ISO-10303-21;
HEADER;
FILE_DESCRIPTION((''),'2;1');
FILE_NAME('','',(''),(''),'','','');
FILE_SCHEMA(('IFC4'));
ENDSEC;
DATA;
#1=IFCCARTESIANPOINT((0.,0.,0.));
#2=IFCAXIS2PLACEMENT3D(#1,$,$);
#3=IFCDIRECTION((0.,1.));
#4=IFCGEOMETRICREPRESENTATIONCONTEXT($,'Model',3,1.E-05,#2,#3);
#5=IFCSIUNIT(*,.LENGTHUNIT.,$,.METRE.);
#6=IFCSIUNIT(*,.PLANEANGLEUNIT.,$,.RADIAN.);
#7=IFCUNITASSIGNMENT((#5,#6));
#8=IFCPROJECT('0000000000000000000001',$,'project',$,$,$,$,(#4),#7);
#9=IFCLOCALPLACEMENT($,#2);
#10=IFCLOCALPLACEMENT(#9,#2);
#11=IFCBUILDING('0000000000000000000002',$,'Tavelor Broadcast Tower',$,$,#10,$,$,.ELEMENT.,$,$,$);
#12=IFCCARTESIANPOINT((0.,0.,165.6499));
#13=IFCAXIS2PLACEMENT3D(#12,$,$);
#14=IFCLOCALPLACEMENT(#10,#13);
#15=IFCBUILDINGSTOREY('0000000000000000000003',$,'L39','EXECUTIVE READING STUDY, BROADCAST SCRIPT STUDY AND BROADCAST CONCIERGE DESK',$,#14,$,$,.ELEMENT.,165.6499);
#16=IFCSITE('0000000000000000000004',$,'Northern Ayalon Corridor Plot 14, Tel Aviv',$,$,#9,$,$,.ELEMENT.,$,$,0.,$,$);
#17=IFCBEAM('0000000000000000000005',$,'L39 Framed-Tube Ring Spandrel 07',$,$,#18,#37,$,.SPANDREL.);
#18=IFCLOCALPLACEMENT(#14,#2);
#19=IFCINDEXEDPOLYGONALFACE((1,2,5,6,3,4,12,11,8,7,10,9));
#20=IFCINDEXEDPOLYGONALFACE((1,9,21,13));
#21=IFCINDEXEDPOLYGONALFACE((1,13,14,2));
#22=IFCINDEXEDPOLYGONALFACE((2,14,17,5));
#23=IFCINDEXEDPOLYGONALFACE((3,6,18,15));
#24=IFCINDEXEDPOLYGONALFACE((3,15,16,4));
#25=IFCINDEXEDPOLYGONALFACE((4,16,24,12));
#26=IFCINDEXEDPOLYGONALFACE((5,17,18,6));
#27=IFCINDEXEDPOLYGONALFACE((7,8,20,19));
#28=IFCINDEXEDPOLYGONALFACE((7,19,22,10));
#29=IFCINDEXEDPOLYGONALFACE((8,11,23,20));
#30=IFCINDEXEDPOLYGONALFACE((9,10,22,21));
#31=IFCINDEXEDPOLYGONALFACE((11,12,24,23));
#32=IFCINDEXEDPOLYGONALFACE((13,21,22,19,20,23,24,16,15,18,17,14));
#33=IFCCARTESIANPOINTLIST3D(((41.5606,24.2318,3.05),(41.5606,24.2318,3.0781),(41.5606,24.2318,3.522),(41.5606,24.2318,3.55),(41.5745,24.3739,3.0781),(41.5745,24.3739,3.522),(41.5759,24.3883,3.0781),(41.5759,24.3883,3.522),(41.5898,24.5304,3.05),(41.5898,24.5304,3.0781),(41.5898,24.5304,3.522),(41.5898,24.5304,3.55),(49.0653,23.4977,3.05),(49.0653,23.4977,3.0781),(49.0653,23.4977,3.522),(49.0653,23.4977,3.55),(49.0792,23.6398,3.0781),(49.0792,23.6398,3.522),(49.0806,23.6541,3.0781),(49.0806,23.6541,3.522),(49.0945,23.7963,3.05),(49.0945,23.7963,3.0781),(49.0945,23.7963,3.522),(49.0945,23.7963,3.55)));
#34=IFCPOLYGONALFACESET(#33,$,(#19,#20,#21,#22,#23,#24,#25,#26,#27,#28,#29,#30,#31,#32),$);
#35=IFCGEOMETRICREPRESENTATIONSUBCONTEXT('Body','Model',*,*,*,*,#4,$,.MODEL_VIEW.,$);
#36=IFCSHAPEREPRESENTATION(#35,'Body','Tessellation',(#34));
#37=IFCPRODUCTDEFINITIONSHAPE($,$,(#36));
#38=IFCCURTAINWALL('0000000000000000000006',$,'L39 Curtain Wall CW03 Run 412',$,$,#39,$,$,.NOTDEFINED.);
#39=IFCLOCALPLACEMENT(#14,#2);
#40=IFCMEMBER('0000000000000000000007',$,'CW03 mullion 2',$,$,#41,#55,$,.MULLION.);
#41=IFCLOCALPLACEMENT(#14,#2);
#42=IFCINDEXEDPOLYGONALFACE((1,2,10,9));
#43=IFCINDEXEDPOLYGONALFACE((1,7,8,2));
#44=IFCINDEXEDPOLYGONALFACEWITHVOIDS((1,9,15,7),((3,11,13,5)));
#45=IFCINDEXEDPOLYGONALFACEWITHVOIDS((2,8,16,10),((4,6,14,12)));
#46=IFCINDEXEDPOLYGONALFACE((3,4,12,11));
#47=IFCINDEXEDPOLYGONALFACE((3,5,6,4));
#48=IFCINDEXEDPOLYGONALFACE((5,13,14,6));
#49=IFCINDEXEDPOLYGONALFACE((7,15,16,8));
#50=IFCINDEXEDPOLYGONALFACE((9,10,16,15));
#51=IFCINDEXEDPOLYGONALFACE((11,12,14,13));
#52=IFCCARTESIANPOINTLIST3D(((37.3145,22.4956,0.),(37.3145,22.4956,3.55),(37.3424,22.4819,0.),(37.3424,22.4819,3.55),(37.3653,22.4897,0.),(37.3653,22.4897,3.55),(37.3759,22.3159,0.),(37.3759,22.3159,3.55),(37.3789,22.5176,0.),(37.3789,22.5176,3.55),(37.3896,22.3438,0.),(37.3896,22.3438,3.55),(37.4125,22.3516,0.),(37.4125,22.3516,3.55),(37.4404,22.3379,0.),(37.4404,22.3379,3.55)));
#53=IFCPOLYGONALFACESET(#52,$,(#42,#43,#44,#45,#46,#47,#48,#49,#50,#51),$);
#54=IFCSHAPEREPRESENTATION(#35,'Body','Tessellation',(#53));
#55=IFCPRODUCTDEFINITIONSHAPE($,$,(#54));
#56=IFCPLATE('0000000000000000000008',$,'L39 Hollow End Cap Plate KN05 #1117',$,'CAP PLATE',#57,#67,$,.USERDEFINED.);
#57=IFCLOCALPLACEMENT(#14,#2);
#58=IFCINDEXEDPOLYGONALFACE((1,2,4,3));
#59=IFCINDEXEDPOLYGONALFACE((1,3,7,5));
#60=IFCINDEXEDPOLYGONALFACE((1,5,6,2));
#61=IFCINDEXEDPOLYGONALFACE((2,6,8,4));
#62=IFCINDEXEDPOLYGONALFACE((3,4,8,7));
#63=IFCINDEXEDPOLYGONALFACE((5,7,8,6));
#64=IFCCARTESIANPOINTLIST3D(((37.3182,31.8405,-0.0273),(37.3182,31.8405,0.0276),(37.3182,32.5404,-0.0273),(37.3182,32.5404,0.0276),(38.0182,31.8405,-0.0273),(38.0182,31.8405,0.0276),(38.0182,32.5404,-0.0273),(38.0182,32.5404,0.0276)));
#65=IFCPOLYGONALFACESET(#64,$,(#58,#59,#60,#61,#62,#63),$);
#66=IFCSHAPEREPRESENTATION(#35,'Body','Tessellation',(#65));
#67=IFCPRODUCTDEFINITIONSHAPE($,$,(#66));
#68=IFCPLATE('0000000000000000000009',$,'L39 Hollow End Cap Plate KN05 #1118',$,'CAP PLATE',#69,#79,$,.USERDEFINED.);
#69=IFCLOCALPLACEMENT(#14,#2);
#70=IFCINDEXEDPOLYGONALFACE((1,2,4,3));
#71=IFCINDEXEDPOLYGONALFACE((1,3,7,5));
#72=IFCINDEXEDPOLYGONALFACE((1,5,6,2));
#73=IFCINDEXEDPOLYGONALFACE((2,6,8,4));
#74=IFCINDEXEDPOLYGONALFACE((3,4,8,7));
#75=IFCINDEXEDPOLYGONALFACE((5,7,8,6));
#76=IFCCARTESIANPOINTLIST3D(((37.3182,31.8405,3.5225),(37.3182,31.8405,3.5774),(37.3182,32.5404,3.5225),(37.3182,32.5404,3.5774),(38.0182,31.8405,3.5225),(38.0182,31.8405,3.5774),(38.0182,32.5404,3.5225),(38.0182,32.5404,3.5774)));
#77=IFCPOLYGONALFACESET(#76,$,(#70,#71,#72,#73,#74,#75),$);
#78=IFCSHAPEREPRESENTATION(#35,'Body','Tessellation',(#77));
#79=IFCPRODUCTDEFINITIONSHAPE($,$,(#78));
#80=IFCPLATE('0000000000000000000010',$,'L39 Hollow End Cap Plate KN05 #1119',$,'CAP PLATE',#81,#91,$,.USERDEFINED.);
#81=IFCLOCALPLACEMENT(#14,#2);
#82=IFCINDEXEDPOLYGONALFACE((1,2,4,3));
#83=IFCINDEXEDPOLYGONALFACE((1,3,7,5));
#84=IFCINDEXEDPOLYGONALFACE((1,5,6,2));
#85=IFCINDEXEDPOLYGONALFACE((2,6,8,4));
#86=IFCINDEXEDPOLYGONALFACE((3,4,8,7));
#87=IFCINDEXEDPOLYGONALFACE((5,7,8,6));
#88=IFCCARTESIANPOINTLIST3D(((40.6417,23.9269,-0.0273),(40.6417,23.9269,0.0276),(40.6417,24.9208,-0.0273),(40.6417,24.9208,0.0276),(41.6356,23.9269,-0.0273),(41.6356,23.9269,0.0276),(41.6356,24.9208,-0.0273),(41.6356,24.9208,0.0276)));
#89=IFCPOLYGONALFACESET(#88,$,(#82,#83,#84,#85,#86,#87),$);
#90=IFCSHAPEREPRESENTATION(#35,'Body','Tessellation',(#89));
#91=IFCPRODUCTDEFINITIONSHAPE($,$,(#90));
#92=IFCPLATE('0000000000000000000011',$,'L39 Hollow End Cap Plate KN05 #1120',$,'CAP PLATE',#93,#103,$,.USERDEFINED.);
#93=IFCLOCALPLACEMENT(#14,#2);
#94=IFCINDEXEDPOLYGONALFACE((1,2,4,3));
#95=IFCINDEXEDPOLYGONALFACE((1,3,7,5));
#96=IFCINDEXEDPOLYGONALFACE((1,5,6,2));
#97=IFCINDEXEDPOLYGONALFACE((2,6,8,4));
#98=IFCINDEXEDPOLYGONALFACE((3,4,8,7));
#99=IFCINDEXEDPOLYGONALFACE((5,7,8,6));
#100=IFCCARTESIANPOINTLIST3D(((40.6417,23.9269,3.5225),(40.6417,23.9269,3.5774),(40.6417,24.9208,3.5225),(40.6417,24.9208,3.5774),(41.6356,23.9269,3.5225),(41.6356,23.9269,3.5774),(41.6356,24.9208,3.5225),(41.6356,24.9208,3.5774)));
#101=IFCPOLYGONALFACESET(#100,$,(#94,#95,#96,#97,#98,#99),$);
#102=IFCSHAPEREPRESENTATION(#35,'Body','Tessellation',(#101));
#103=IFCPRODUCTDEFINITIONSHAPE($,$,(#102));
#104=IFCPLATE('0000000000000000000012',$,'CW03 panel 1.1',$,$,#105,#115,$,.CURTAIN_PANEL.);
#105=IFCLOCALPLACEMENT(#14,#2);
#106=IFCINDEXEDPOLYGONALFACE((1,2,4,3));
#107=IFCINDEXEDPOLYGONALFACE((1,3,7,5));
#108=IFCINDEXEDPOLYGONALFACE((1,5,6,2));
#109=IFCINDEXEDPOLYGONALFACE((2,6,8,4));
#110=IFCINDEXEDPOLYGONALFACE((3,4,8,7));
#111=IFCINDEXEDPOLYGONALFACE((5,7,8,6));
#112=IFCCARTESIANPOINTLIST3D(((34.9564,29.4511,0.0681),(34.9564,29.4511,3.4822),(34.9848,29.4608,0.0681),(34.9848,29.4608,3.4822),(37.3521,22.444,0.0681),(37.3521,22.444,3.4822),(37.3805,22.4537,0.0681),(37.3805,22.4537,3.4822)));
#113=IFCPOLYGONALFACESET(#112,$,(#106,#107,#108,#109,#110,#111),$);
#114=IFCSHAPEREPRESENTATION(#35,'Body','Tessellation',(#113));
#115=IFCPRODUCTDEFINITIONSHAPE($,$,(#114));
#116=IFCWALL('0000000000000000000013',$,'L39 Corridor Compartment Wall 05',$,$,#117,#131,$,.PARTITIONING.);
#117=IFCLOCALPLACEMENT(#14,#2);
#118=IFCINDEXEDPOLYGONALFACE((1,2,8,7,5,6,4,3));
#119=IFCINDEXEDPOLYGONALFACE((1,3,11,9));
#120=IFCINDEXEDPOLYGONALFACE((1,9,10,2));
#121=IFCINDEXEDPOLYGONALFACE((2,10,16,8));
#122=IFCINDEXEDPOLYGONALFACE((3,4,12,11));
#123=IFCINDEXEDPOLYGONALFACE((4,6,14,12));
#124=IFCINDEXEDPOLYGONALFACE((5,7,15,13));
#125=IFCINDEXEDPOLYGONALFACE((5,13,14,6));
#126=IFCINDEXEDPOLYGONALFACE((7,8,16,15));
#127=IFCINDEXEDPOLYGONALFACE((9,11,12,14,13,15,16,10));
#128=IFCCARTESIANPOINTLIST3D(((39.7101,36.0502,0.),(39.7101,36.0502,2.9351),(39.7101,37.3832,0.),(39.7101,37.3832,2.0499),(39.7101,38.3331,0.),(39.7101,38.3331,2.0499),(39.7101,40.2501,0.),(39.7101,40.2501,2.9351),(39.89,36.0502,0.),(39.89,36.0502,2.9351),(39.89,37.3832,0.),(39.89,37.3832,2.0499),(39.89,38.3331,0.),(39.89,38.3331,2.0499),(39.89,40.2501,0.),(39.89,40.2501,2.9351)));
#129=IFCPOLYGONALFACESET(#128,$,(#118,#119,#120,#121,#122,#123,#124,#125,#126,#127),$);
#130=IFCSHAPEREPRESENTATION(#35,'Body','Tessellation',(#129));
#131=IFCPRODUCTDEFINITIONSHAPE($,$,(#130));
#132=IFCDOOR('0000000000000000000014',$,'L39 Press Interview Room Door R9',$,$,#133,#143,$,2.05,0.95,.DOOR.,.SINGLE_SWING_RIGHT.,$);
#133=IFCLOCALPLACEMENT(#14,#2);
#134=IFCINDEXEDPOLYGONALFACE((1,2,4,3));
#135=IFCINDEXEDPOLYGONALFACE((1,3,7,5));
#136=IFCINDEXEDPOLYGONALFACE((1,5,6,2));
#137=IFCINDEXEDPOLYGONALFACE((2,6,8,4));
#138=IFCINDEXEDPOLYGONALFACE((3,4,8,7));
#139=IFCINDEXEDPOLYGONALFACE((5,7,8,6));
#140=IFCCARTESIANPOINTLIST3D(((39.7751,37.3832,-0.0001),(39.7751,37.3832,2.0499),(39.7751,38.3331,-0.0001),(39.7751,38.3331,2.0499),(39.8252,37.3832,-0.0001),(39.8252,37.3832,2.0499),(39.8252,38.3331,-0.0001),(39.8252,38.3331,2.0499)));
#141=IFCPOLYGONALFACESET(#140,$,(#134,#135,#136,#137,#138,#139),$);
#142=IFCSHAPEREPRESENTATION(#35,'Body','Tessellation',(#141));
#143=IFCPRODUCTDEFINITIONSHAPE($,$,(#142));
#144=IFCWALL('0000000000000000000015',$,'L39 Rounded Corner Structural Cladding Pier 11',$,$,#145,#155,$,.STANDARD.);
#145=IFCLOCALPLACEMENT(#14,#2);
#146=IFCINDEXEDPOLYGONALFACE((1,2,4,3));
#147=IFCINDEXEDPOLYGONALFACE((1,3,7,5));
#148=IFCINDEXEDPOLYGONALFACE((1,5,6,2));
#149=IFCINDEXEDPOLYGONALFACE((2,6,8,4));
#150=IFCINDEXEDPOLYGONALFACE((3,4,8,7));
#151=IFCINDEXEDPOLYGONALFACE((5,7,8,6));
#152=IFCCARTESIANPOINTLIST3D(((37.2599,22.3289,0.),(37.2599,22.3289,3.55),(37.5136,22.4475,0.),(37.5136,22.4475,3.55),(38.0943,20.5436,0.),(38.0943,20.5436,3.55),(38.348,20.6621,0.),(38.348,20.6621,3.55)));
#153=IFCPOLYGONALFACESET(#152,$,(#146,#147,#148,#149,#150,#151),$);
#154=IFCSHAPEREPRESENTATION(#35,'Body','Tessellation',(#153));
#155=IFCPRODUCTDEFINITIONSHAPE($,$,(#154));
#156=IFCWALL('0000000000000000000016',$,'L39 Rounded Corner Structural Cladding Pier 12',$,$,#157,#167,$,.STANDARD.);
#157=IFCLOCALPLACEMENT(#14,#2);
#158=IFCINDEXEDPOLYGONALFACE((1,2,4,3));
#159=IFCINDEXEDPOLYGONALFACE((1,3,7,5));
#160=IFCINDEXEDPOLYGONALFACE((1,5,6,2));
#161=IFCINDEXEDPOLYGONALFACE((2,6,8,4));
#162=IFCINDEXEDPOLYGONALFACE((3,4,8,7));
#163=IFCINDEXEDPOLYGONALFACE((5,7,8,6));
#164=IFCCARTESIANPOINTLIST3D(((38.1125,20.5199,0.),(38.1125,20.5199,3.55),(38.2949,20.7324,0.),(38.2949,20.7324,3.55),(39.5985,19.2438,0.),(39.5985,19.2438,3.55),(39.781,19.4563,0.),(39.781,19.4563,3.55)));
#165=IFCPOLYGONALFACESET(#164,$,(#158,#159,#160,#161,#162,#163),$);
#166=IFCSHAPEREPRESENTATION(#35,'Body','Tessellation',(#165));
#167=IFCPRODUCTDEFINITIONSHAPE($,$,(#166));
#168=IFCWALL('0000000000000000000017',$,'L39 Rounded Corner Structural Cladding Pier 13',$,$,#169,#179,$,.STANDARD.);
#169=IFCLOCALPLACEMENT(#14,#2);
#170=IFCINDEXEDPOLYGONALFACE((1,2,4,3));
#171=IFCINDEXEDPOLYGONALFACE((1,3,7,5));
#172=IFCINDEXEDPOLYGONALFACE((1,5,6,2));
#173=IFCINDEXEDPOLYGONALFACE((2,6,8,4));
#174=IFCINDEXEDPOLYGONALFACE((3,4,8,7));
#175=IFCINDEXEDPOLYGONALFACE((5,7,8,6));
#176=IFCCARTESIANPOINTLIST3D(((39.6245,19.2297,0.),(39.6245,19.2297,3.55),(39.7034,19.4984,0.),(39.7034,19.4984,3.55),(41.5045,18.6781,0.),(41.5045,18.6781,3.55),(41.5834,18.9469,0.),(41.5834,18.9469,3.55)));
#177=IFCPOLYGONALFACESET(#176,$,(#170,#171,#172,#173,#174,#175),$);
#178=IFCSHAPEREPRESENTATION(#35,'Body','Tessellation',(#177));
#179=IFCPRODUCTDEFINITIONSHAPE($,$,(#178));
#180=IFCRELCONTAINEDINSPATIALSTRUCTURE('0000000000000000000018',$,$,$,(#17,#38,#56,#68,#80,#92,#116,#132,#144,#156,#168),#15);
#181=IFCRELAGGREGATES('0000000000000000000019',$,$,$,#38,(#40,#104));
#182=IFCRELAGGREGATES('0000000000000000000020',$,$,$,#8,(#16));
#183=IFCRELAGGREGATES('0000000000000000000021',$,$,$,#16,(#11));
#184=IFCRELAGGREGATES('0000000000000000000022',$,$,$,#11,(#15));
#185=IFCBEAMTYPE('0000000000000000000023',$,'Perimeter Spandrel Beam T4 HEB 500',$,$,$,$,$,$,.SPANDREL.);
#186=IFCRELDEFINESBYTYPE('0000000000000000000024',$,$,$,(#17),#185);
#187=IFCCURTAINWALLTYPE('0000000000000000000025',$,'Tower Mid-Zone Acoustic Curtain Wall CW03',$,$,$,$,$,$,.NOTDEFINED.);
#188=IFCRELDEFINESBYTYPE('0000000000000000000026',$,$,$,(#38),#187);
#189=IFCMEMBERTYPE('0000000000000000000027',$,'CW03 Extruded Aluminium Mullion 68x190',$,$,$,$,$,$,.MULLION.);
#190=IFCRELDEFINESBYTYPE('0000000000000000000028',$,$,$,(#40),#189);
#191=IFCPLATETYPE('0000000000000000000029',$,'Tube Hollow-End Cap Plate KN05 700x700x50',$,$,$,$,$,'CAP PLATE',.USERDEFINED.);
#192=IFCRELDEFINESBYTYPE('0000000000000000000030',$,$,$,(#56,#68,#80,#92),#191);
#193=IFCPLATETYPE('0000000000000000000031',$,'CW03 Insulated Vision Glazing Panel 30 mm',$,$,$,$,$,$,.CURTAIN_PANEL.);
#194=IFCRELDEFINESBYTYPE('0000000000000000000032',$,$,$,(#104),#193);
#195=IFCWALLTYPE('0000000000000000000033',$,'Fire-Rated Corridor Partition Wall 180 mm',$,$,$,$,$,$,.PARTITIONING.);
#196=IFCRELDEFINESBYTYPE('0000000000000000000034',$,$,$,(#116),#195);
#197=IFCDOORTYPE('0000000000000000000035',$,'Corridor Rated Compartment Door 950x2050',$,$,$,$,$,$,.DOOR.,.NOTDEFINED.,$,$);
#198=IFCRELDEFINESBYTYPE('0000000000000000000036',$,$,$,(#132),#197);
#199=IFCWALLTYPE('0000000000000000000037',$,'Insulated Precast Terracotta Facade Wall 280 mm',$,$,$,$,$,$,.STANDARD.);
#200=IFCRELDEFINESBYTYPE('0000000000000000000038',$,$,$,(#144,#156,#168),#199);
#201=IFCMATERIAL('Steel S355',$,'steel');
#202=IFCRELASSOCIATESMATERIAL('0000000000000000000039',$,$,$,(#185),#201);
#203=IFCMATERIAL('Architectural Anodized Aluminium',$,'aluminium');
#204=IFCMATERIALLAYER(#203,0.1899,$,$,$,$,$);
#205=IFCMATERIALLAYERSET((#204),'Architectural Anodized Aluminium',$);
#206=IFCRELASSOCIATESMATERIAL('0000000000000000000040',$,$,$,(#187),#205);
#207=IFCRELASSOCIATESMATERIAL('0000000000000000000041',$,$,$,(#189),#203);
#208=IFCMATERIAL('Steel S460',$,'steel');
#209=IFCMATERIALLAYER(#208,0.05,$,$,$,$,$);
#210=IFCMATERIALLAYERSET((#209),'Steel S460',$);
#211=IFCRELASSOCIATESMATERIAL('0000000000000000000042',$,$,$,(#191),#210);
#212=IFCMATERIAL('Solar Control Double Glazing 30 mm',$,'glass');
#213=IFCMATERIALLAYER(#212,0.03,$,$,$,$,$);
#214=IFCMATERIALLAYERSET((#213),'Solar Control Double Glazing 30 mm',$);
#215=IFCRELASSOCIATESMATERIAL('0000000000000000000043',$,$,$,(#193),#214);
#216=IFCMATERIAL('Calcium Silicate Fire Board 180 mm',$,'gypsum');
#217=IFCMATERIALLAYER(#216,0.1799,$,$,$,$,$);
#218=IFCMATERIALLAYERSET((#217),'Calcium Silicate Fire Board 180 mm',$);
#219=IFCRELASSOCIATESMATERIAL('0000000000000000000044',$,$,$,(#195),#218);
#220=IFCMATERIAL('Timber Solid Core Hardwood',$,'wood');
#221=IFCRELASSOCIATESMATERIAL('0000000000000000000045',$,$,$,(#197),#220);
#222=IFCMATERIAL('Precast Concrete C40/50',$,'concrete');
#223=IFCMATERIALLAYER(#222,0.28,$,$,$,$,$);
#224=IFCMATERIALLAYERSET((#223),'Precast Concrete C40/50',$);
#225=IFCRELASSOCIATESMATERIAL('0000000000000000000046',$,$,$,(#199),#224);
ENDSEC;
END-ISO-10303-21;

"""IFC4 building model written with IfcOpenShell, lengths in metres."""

from ifc_helpers import new_model, si_unit, direction, frame, frame_2d, origin, origin_2d, place, context, subcontext, project, spatial, rectangle, hollow_rectangle, i_section, extrude, source, transform, mapped, material, layer, layer_set, material_profile, profile_set, type_object, type_shapes, element, fill, aggregate, save


model = new_model("IFC4")

# Units and contexts
model_context = context("Model", 3, precision=1e-05, world=origin(), true_north=direction((0.0, 1.0)))
body_context = subcontext(model_context, "Body", "Model", "MODEL_VIEW")
ifc_project = project(units=[si_unit("LENGTHUNIT", "METRE"), si_unit("PLANEANGLEUNIT", "RADIAN")], contexts=[model_context])

# Site, building, storey
site_placement = place(None, origin())
site = spatial("IfcSite", under=ifc_project, at=site_placement, Name="Northern Ayalon Corridor Plot 14, Tel Aviv", CompositionType="ELEMENT", RefElevation=0.0)
building_placement = place(site_placement, origin())
building = spatial("IfcBuilding", under=site, at=building_placement, Name="Tavelor Broadcast Tower", CompositionType="ELEMENT")
storey_placement = place(building_placement, frame((0.0, 0.0, 165.6499)))
storey = spatial("IfcBuildingStorey", under=building, at=storey_placement, Name="L39", Description="EXECUTIVE READING STUDY, BROADCAST SCRIPT STUDY AND BROADCAST CONCIERGE DESK", CompositionType="ELEMENT", Elevation=165.6499)

# Shared definitions
ifc_material_1 = material(Name="Steel S460", Category="steel")

# Beam
ifc_material_2 = material(Name="Steel S355", Category="steel")
ifc_material_profile_1 = material_profile(ifc_material_2, i_section(OverallWidth=0.3, OverallDepth=0.5, WebThickness=0.0144, FlangeThickness=0.0281, at=origin_2d()), Name="HEB 500")
ifc_profile_set_1 = profile_set([ifc_material_profile_1], Name="Steel S355")
beam_type_1 = type_object("IfcBeamType", Name="Perimeter Spandrel Beam T4 HEB 500", PredefinedType="SPANDREL", material=ifc_profile_set_1)
beam_1_placement = place(storey_placement, frame((41.5752, 24.3811, 3.3), z_axis=(0.995249, -0.097359, 0.0), x_axis=(0.097359, 0.995249, 0.0)))
element("IfcBeam", 1, at=beam_1_placement, inside=storey, type_object=beam_type_1, Name="L39 Framed-Tube Ring Spandrel 07", PredefinedType="SPANDREL", context=body_context, shape_type="SweptSolid", body=[
    extrude(i_section(OverallWidth=0.3, OverallDepth=0.5, WebThickness=0.0144, FlangeThickness=0.0281, at=origin_2d()), origin(), (0.0, 0.0, 1.0), 7.5405),
])

# Curtain wall, member
ifc_material_3 = material(Name="Architectural Anodized Aluminium", Category="aluminium")
ifc_layer_1 = layer(ifc_material_3, 0.1899)
ifc_layer_set_1 = layer_set([ifc_layer_1], Name="Architectural Anodized Aluminium")
curtain_wall_type = type_object("IfcCurtainWallType", Name="Tower Mid-Zone Acoustic Curtain Wall CW03", PredefinedType="NOTDEFINED", material=ifc_layer_set_1)
curtain_wall_placement = place(storey_placement, origin())
curtain_wall = element("IfcCurtainWall", 2, at=curtain_wall_placement, inside=storey, type_object=curtain_wall_type, Name="L39 Curtain Wall CW03 Run 412", PredefinedType="NOTDEFINED")
ifc_material_profile_2 = material_profile(ifc_material_3, hollow_rectangle(XDim=0.0681, YDim=0.1899, WallThickness=0.022, at=origin_2d()), Name="RHS 68x190x22")
ifc_profile_set_2 = profile_set([ifc_material_profile_2], Name="Architectural Anodized Aluminium")
member_type = type_object("IfcMemberType", Name="CW03 Extruded Aluminium Mullion 68x190", PredefinedType="MULLION", material=ifc_profile_set_2)
shared_shape_1 = source(origin(), body_context, "Body", "SweptSolid", [
    extrude(hollow_rectangle(XDim=0.0681, YDim=0.1899, WallThickness=0.022, at=origin_2d()), origin(), (0.0, 0.0, 1.0), 3.55),
])
type_shapes(member_type, [shared_shape_1])
member_placement = place(storey_placement, frame((37.3774, 22.4167, 0.0), z_axis=(0.0, 0.0, 1.0), x_axis=(0.946225, 0.32351, 0.0)))
member = element("IfcMember", 3, at=member_placement, type_object=member_type, Name="CW03 mullion 2", PredefinedType="MULLION", context=body_context, shape_type="MappedRepresentation", body=[
    mapped(shared_shape_1, transform((0.0, 0.0, 0.0), scale=1.0)),
])

# Plates
ifc_layer_2 = layer(ifc_material_1, 0.05)
ifc_layer_set_2 = layer_set([ifc_layer_2], Name="Steel S460")
plate_type_1 = type_object("IfcPlateType", Name="Tube Hollow-End Cap Plate KN05 700x700x50", ElementType="CAP PLATE", PredefinedType="USERDEFINED", material=ifc_layer_set_2)
shared_shape_2 = source(origin(), body_context, "Body", "SweptSolid", [
    extrude(rectangle(XDim=0.7, YDim=0.7, at=origin_2d()), origin(), (0.0, 0.0, 1.0), 0.0549),
])
for number, where, z_axis, x_axis, name in (
    (4, (37.6682, 32.1904, -0.0273), (0.0, 0.0, 1.0), (1.0, 0.0, 0.0), "L39 Hollow End Cap Plate KN05 #1117"),
    (5, (37.6682, 32.1904, 3.5225), (0.0, 0.0, 1.0), (1.0, 0.0, 0.0), "L39 Hollow End Cap Plate KN05 #1118"),
):
    element("IfcPlate", number, at=place(storey_placement, frame(where, z_axis=z_axis, x_axis=x_axis)), inside=storey, type_object=plate_type_1, Name=name, ObjectType="CAP PLATE", PredefinedType="USERDEFINED", context=body_context, shape_type="MappedRepresentation", body=[
        mapped(shared_shape_2, transform((0.0, 0.0, 0.0), scale=1.0)),
    ])
shared_shape_3 = source(origin(), body_context, "Body", "SweptSolid", [
    extrude(rectangle(XDim=0.9939, YDim=0.9939, at=origin_2d()), origin(), (0.0, 0.0, 1.0), 0.0549),
])
type_shapes(plate_type_1, [shared_shape_2, shared_shape_3])
for number, where, z_axis, x_axis, name in (
    (6, (41.1387, 24.4238, -0.0273), (0.0, 0.0, 1.0), (1.0, 0.0, 0.0), "L39 Hollow End Cap Plate KN05 #1119"),
    (7, (41.1387, 24.4238, 3.5225), (0.0, 0.0, 1.0), (1.0, 0.0, 0.0), "L39 Hollow End Cap Plate KN05 #1120"),
):
    element("IfcPlate", number, at=place(storey_placement, frame(where, z_axis=z_axis, x_axis=x_axis)), inside=storey, type_object=plate_type_1, Name=name, ObjectType="CAP PLATE", PredefinedType="USERDEFINED", context=body_context, shape_type="MappedRepresentation", body=[
        mapped(shared_shape_3, transform((0.0, 0.0, 0.0), scale=1.0)),
    ])

# Plate
ifc_material_4 = material(Name="Solar Control Double Glazing 30 mm", Category="glass")
ifc_layer_3 = layer(ifc_material_4, 0.03)
ifc_layer_set_3 = layer_set([ifc_layer_3], Name="Solar Control Double Glazing 30 mm")
plate_type_2 = type_object("IfcPlateType", Name="CW03 Insulated Vision Glazing Panel 30 mm", PredefinedType="CURTAIN_PANEL", material=ifc_layer_set_3)
shared_shape_4 = source(origin(), body_context, "Body", "SweptSolid", [
    extrude(rectangle(XDim=7.4053, YDim=0.03, at=origin_2d()), origin(), (0.0, 0.0, 1.0), 3.4141),
])
type_shapes(plate_type_2, [shared_shape_4])
plate_placement = place(storey_placement, frame((36.1685, 25.9524, 0.0681), z_axis=(0.0, 0.0, 1.0), x_axis=(0.32351, -0.946225, 0.0)))
plate = element("IfcPlate", 8, at=plate_placement, type_object=plate_type_2, Name="CW03 panel 1.1", PredefinedType="CURTAIN_PANEL", context=body_context, shape_type="MappedRepresentation", body=[
    mapped(shared_shape_4, transform((0.0, 0.0, 0.0), scale=1.0)),
])
aggregate(curtain_wall, [member, plate])

# Wall, opening, door
ifc_material_5 = material(Name="Calcium Silicate Fire Board 180 mm", Category="gypsum")
ifc_layer_4 = layer(ifc_material_5, 0.1799)
ifc_layer_set_4 = layer_set([ifc_layer_4], Name="Calcium Silicate Fire Board 180 mm")
wall_type_1 = type_object("IfcWallType", Name="Fire-Rated Corridor Partition Wall 180 mm", PredefinedType="PARTITIONING", material=ifc_layer_set_4)
wall_1_placement = place(storey_placement, frame((39.8, 36.05, 0.0), z_axis=(0.0, 0.0, 1.0), x_axis=(0.0, 1.0, 0.0)))
wall_1 = element("IfcWall", 9, at=wall_1_placement, inside=storey, type_object=wall_type_1, Name="L39 Corridor Compartment Wall 05", PredefinedType="PARTITIONING", context=body_context, shape_type="SweptSolid", body=[
    extrude(rectangle(XDim=4.2, YDim=0.1799, at=frame_2d((2.1001, 0.0))), origin(), (0.0, 0.0, 1.0), 2.9351),
])
opening_placement = place(wall_1_placement, frame((1.333, 0.0, 0.0)))
opening = element("IfcOpeningElement", 10, at=opening_placement, cuts=wall_1, PredefinedType="OPENING", context=body_context, shape_type="SweptSolid", body=[
    extrude(rectangle(XDim=0.95, YDim=2.05, at=frame_2d((0.4751, 1.0249))), frame((0.0, 0.1001, 0.0), z_axis=(0.0, -1.0, 0.0), x_axis=(1.0, 0.0, 0.0)), (0.0, 0.0, 1.0), 0.2),
])
ifc_material_6 = material(Name="Timber Solid Core Hardwood", Category="wood")
door_type = type_object("IfcDoorType", Name="Corridor Rated Compartment Door 950x2050", OperationType="NOTDEFINED", PredefinedType="DOOR", material=ifc_material_6)
door_placement = place(opening_placement, origin())
door = element("IfcDoor", 11, at=door_placement, inside=storey, type_object=door_type, Name="L39 Press Interview Room Door R9", OperationType="SINGLE_SWING_RIGHT", OverallHeight=2.05, OverallWidth=0.95, PredefinedType="DOOR", context=body_context, shape_type="SweptSolid", body=[
    extrude(rectangle(XDim=0.95, YDim=2.05, at=frame_2d((0.4751, 1.0249))), frame((0.0, 0.0249, 0.0), z_axis=(0.0, -1.0, 0.0), x_axis=(1.0, 0.0, 0.0)), (0.0, 0.0, 1.0), 0.05),
])
fill(opening, door)

# Walls
ifc_material_7 = material(Name="Precast Concrete C40/50", Category="concrete")
ifc_layer_5 = layer(ifc_material_7, 0.28)
ifc_layer_set_5 = layer_set([ifc_layer_5], Name="Precast Concrete C40/50")
wall_type_2 = type_object("IfcWallType", Name="Insulated Precast Terracotta Facade Wall 280 mm", PredefinedType="STANDARD", material=ifc_layer_set_5)
wall_2_placement = place(storey_placement, frame((37.3867, 22.3882, 0.0), z_axis=(0.0, 0.0, 1.0), x_axis=(0.423421, -0.905933, 0.0)))
element("IfcWall", 12, at=wall_2_placement, inside=storey, type_object=wall_type_2, Name="L39 Rounded Corner Structural Cladding Pier 11", PredefinedType="STANDARD", context=body_context, shape_type="SweptSolid", body=[
    extrude(rectangle(XDim=1.9707, YDim=0.28, at=frame_2d((0.9854, 0.0))), origin(), (0.0, 0.0, 1.0), 3.55),
])
wall_3_placement = place(storey_placement, frame((38.2036, 20.6262, 0.0), z_axis=(0.0, 0.0, 1.0), x_axis=(0.758667, -0.651479, 0.0)))
element("IfcWall", 13, at=wall_3_placement, inside=storey, type_object=wall_type_2, Name="L39 Rounded Corner Structural Cladding Pier 12", PredefinedType="STANDARD", context=body_context, shape_type="SweptSolid", body=[
    extrude(rectangle(XDim=1.9587, YDim=0.28, at=frame_2d((0.9795, 0.0))), origin(), (0.0, 0.0, 1.0), 3.55),
])
wall_4_placement = place(storey_placement, frame((39.6641, 19.364, 0.0), z_axis=(0.0, 0.0, 1.0), x_axis=(0.959558, -0.281512, 0.0)))
element("IfcWall", 14, at=wall_4_placement, inside=storey, type_object=wall_type_2, Name="L39 Rounded Corner Structural Cladding Pier 13", PredefinedType="STANDARD", context=body_context, shape_type="SweptSolid", body=[
    extrude(rectangle(XDim=1.9592, YDim=0.28, at=frame_2d((0.9795, 0.0))), origin(), (0.0, 0.0, 1.0), 3.55),
])

save(model, "model.ifc")
